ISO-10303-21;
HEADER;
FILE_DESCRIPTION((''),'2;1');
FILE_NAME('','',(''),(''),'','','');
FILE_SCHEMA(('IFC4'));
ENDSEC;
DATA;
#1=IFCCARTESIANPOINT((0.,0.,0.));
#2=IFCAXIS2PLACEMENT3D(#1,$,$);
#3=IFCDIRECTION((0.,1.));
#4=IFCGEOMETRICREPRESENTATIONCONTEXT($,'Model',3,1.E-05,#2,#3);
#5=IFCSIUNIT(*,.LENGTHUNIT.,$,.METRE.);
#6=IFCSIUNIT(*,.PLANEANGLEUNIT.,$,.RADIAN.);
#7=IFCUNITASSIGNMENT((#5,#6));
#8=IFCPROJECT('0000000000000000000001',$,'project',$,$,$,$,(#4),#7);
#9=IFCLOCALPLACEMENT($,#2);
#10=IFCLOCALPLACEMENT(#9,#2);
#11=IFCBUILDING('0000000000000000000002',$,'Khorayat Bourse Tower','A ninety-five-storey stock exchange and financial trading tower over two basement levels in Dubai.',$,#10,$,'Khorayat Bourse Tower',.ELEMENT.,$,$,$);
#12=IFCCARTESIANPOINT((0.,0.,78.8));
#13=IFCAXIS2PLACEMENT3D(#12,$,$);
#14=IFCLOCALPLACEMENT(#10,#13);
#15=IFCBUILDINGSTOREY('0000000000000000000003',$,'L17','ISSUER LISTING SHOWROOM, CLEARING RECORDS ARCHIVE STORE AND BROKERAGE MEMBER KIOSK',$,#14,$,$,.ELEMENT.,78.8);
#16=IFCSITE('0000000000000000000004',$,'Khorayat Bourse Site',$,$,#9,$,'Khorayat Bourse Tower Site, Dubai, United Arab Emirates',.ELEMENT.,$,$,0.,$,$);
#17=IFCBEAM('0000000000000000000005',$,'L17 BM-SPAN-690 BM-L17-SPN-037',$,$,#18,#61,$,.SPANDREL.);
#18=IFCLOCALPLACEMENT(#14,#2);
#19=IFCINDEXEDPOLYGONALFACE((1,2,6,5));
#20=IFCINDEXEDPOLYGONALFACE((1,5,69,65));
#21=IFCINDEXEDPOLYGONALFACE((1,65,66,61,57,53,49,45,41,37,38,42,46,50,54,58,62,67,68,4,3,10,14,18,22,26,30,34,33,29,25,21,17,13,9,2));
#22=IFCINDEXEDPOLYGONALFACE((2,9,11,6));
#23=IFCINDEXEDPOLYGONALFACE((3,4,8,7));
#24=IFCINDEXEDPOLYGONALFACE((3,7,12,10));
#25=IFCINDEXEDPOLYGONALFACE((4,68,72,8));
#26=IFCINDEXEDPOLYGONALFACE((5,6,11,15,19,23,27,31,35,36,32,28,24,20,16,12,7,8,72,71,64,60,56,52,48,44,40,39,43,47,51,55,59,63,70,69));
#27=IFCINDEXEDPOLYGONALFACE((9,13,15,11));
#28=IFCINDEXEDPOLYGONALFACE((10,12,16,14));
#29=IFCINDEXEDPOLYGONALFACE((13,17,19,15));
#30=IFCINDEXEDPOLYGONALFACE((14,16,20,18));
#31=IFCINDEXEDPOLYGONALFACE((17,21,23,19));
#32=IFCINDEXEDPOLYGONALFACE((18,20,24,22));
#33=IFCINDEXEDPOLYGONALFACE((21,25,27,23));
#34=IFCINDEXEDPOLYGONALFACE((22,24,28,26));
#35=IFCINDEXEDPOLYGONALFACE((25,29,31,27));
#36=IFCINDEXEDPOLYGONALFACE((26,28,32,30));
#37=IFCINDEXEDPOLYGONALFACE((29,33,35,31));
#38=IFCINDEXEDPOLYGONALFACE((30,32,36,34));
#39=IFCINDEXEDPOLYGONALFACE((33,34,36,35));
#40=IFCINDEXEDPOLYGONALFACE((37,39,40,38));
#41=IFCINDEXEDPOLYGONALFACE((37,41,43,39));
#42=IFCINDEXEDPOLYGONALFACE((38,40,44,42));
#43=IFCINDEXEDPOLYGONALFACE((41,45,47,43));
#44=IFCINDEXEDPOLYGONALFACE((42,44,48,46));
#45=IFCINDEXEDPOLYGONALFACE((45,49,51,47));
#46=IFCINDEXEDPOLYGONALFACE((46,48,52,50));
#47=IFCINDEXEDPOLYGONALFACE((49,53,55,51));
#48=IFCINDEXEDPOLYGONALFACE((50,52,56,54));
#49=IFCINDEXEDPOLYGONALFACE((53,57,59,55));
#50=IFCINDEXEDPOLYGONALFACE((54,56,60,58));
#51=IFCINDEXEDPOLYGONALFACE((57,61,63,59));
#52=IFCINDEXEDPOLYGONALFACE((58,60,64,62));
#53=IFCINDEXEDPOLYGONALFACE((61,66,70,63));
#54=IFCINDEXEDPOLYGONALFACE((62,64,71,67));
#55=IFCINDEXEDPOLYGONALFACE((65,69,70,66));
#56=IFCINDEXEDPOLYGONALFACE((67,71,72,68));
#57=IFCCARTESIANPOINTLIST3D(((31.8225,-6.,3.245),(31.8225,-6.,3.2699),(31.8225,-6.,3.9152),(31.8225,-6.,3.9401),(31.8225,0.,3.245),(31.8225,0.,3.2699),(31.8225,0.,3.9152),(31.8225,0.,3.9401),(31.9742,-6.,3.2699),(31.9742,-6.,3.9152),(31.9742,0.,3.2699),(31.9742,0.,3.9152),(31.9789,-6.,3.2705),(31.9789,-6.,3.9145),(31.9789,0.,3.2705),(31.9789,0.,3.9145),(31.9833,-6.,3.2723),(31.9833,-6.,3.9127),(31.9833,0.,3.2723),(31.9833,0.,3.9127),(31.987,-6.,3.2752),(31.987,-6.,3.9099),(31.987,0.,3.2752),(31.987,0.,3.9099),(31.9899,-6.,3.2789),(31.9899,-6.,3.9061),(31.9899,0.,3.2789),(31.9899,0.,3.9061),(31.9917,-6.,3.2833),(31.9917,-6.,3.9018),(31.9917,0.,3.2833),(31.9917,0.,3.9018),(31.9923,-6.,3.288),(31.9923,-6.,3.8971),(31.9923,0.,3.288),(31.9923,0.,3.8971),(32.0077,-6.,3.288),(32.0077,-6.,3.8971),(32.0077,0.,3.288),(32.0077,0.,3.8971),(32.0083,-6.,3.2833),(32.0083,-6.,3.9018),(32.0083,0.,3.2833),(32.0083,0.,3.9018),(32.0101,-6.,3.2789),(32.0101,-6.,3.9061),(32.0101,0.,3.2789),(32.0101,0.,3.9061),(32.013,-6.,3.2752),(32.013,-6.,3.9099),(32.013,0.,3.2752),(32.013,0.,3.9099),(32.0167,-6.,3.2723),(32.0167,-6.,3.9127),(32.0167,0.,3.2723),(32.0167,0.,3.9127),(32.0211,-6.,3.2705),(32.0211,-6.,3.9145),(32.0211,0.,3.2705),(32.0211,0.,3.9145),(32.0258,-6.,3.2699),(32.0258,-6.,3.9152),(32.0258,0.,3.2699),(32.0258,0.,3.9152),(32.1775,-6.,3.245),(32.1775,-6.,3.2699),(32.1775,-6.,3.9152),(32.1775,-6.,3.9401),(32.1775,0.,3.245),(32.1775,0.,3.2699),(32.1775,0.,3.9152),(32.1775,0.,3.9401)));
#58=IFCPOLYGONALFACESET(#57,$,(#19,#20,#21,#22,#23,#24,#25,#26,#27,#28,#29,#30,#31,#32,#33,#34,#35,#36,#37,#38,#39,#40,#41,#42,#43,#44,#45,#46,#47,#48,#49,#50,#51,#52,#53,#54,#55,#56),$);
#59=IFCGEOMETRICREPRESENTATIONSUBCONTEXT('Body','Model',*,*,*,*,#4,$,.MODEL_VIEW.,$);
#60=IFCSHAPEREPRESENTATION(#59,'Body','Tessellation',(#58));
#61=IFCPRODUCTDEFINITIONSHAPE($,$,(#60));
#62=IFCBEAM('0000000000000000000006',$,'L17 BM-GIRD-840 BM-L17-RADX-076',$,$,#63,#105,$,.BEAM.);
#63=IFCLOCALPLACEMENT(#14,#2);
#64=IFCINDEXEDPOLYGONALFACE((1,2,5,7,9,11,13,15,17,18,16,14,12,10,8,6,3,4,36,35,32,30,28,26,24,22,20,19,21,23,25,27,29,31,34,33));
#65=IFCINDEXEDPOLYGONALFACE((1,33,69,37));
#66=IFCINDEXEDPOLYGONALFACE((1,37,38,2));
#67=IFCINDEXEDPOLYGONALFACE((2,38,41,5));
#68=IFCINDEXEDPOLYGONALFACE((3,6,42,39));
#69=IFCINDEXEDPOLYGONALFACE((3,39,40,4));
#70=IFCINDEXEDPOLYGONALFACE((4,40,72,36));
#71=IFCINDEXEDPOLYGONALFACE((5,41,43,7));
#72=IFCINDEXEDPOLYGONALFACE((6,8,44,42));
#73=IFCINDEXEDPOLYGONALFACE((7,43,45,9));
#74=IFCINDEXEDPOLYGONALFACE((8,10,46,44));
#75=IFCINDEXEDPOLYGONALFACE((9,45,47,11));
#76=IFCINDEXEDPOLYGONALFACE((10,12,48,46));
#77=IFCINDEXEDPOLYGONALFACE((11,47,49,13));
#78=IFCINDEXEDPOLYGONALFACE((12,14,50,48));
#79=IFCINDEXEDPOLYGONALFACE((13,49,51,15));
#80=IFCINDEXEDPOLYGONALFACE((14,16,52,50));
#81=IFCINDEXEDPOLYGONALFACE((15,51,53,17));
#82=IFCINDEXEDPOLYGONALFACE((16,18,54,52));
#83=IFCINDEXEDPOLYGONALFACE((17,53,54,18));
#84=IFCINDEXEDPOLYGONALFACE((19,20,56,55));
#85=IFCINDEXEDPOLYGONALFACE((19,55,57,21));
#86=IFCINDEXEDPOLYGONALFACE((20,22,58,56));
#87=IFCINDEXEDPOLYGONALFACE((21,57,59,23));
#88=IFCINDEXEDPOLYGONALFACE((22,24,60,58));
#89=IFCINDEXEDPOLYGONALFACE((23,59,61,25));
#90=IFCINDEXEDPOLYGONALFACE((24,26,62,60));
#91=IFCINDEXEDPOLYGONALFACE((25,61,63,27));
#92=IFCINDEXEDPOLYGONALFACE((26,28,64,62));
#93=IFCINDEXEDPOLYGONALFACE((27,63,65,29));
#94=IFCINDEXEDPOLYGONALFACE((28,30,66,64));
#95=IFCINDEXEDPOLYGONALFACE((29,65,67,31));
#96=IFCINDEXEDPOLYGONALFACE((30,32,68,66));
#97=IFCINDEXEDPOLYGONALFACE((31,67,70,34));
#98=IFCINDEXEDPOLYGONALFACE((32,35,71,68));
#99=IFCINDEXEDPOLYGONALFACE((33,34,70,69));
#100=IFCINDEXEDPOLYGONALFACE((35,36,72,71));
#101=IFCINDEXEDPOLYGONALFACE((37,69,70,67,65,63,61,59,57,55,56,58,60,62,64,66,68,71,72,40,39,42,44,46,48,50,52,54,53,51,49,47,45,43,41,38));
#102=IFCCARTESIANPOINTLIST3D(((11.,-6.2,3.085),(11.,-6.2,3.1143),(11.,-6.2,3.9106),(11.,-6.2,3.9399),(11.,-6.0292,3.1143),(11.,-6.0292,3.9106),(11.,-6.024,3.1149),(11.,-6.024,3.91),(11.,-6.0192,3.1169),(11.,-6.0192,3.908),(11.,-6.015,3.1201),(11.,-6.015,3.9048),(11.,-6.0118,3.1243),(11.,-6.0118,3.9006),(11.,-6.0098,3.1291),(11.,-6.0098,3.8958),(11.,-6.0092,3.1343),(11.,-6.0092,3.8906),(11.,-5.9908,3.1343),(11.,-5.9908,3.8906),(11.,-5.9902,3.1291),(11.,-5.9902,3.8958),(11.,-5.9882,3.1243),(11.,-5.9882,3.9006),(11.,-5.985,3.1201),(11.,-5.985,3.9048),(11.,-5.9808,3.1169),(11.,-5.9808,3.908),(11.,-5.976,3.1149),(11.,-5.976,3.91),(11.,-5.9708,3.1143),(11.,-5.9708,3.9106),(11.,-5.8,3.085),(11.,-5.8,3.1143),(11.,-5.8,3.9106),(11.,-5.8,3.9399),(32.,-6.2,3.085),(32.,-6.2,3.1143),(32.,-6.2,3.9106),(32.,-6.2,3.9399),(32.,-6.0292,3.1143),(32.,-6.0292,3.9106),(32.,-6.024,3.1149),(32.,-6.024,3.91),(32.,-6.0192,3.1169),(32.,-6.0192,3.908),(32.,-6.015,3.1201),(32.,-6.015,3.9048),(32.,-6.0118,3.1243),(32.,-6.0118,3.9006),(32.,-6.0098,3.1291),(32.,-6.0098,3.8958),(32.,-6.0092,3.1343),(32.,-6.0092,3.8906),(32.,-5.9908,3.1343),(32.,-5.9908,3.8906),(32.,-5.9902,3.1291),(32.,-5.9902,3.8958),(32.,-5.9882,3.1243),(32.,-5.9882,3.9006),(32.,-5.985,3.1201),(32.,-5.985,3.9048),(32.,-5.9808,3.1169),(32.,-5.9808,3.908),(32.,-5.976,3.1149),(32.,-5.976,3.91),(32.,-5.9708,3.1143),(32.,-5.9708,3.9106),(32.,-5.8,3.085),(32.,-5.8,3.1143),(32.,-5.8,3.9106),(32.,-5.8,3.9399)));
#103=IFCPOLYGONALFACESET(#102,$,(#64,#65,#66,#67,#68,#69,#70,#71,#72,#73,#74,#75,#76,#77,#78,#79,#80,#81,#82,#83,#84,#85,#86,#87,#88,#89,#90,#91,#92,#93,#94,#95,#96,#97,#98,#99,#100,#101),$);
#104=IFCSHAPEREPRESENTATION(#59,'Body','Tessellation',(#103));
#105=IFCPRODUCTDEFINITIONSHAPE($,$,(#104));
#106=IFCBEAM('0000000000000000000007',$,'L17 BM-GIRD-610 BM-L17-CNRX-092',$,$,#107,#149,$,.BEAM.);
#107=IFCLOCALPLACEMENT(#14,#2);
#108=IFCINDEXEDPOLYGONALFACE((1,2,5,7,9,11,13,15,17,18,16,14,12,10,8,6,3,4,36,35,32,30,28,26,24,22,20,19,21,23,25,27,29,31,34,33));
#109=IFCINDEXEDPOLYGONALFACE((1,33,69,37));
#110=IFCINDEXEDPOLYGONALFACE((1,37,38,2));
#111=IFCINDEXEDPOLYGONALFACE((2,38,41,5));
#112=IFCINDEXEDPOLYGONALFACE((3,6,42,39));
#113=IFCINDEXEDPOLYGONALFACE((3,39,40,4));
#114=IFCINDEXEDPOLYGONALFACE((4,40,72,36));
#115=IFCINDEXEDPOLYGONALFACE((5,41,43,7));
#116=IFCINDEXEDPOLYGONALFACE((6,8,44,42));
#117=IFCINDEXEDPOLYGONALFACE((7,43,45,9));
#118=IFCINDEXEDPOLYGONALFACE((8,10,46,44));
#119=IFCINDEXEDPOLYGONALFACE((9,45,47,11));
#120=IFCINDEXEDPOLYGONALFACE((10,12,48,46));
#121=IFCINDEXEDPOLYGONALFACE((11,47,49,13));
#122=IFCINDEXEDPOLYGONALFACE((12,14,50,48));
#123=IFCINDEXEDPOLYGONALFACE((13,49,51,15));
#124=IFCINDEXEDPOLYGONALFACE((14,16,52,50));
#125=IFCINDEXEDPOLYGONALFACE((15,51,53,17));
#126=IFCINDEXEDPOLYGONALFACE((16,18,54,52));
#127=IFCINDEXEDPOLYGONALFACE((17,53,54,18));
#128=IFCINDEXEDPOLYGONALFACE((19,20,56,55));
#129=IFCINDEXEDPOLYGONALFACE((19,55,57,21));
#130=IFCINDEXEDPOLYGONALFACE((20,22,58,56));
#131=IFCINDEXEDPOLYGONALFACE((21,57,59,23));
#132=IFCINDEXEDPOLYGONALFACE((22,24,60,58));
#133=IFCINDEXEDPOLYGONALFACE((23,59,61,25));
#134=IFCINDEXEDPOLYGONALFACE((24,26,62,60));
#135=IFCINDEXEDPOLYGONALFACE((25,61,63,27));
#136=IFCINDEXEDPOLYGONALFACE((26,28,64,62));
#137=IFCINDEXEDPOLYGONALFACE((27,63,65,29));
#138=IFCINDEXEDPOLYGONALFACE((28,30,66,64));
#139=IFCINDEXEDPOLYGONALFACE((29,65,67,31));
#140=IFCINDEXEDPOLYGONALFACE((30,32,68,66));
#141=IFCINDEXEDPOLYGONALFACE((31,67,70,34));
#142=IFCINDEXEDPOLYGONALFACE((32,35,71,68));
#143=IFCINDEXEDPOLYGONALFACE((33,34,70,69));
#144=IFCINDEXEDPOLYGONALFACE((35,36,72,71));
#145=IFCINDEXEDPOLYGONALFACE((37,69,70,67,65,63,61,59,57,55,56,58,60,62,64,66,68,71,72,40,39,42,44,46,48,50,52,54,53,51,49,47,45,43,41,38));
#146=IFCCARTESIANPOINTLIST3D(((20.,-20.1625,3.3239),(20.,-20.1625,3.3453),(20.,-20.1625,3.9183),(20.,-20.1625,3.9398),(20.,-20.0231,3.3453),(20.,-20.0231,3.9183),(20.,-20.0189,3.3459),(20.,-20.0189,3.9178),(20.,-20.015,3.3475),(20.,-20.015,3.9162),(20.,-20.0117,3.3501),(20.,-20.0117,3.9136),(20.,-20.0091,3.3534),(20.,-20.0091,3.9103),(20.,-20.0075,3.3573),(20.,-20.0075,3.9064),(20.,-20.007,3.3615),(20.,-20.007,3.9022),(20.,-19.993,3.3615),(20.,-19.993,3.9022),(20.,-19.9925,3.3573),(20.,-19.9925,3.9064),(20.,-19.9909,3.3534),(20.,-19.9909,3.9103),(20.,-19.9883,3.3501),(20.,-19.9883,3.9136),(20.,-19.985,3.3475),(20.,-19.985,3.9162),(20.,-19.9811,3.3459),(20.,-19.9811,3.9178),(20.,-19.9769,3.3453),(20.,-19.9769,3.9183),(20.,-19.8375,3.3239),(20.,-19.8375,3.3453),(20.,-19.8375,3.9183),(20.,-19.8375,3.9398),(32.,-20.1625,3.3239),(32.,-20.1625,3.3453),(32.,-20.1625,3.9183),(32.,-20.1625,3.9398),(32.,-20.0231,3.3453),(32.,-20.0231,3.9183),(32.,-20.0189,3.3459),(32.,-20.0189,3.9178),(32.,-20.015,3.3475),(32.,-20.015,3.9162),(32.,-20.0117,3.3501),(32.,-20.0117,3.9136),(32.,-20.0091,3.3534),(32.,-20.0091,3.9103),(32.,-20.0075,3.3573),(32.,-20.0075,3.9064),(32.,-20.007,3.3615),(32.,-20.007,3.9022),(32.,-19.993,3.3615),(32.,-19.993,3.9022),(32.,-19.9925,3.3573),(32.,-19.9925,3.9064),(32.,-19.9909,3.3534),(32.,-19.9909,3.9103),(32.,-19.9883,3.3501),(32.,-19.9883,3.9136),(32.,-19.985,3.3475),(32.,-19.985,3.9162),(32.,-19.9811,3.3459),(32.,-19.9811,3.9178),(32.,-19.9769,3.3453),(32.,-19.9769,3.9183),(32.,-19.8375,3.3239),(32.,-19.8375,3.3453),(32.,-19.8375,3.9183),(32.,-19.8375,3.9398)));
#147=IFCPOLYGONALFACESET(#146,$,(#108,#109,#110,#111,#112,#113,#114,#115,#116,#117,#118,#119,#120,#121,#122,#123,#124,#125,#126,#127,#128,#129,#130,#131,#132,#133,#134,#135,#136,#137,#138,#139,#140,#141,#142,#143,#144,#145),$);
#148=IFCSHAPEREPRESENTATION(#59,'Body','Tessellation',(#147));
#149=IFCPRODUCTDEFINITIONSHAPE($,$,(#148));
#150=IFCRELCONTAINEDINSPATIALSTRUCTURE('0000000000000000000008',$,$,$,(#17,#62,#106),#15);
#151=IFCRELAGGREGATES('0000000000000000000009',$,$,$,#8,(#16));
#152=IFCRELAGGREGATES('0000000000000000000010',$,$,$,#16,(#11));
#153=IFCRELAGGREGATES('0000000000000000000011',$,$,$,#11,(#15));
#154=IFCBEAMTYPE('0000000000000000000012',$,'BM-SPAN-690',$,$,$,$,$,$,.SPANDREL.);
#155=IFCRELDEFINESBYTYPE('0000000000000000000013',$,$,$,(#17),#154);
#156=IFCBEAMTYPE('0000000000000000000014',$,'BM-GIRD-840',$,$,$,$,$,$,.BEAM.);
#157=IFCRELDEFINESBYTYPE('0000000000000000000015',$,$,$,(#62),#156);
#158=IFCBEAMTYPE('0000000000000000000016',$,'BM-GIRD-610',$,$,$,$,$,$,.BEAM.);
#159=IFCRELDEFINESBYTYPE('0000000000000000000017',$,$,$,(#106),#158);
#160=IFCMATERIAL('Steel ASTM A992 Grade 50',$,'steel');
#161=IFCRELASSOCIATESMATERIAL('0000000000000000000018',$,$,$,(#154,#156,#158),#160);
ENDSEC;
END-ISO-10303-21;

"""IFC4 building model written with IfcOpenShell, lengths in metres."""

from ifc_helpers import new_model, si_unit, direction, frame, origin, origin_2d, place, context, subcontext, project, spatial, i_section, extrude, source, transform, mapped, material, material_profile, profile_set, type_object, element, save


model = new_model("IFC4")

# Units and contexts
model_context = context("Model", 3, precision=1e-05, world=origin(), true_north=direction((0.0, 1.0)))
body_context = subcontext(model_context, "Body", "Model", "MODEL_VIEW")
ifc_project = project(units=[si_unit("LENGTHUNIT", "METRE"), si_unit("PLANEANGLEUNIT", "RADIAN")], contexts=[model_context])

# Site, building, storey
site_placement = place(None, origin())
site = spatial("IfcSite", under=ifc_project, at=site_placement, Name="Khorayat Bourse Site", LongName="Khorayat Bourse Tower Site, Dubai, United Arab Emirates", CompositionType="ELEMENT", RefElevation=0.0)
building_placement = place(site_placement, origin())
building = spatial("IfcBuilding", under=site, at=building_placement, Name="Khorayat Bourse Tower", Description="A ninety-five-storey stock exchange and financial trading tower over two basement levels in Dubai.", LongName="Khorayat Bourse Tower", CompositionType="ELEMENT")
storey_placement = place(building_placement, frame((0.0, 0.0, 78.8)))
storey = spatial("IfcBuildingStorey", under=building, at=storey_placement, Name="L17", Description="ISSUER LISTING SHOWROOM, CLEARING RECORDS ARCHIVE STORE AND BROKERAGE MEMBER KIOSK", CompositionType="ELEMENT", Elevation=78.8)

# Beams
ifc_material_1 = material(Name="Steel ASTM A992 Grade 50", Category="steel")
ifc_material_profile_1 = material_profile(ifc_material_1, i_section(OverallWidth=0.355, OverallDepth=0.6951, WebThickness=0.0154, FlangeThickness=0.0249, FilletRadius=0.0181, at=origin_2d()), Name="W690X217")
ifc_profile_set_1 = profile_set([ifc_material_profile_1], Name="Steel ASTM A992 Grade 50")
beam_type_1 = type_object("IfcBeamType", Name="BM-SPAN-690", PredefinedType="SPANDREL", material=ifc_profile_set_1)
shared_shape_1 = source(origin(), body_context, "Body", "SweptSolid", [
    extrude(i_section(OverallWidth=0.355, OverallDepth=0.6951, WebThickness=0.0154, FlangeThickness=0.0249, FilletRadius=0.0181, at=origin_2d()), origin(), (0.0, 0.0, 1.0), 6.0),
])
beam_1_placement = place(storey_placement, frame((32.0, -6.0, 3.5925), z_axis=(0.0, 1.0, 0.0), x_axis=(-1.0, 0.0, 0.0)))
element("IfcBeam", 1, at=beam_1_placement, inside=storey, type_object=beam_type_1, Name="L17 BM-SPAN-690 BM-L17-SPN-037", PredefinedType="SPANDREL", context=body_context, shape_type="MappedRepresentation", body=[
    mapped(shared_shape_1, transform((0.0, 0.0, 0.0), scale=1.0)),
])
ifc_material_profile_2 = material_profile(ifc_material_1, i_section(OverallWidth=0.3999, OverallDepth=0.855, WebThickness=0.0183, FlangeThickness=0.0293, FilletRadius=0.02, at=origin_2d()), Name="W840X299")
ifc_profile_set_2 = profile_set([ifc_material_profile_2], Name="Steel ASTM A992 Grade 50")
beam_type_2 = type_object("IfcBeamType", Name="BM-GIRD-840", PredefinedType="BEAM", material=ifc_profile_set_2)
shared_shape_2 = source(origin(), body_context, "Body", "SweptSolid", [
    extrude(i_section(OverallWidth=0.3999, OverallDepth=0.855, WebThickness=0.0183, FlangeThickness=0.0293, FilletRadius=0.02, at=origin_2d()), origin(), (0.0, 0.0, 1.0), 21.0),
])
beam_2_placement = place(storey_placement, frame((11.0, -6.0, 3.5125), z_axis=(1.0, 0.0, 0.0), x_axis=(0.0, 1.0, 0.0)))
element("IfcBeam", 2, at=beam_2_placement, inside=storey, type_object=beam_type_2, Name="L17 BM-GIRD-840 BM-L17-RADX-076", PredefinedType="BEAM", context=body_context, shape_type="MappedRepresentation", body=[
    mapped(shared_shape_2, transform((0.0, 0.0, 0.0), scale=1.0)),
])
ifc_material_profile_3 = material_profile(ifc_material_1, i_section(OverallWidth=0.325, OverallDepth=0.616, WebThickness=0.0139, FlangeThickness=0.0215, FilletRadius=0.0161, at=origin_2d()), Name="W610X174")
ifc_profile_set_3 = profile_set([ifc_material_profile_3], Name="Steel ASTM A992 Grade 50")
beam_type_3 = type_object("IfcBeamType", Name="BM-GIRD-610", PredefinedType="BEAM", material=ifc_profile_set_3)
shared_shape_3 = source(origin(), body_context, "Body", "SweptSolid", [
    extrude(i_section(OverallWidth=0.325, OverallDepth=0.616, WebThickness=0.0139, FlangeThickness=0.0215, FilletRadius=0.0161, at=origin_2d()), origin(), (0.0, 0.0, 1.0), 12.0),
])
beam_3_placement = place(storey_placement, frame((20.0, -20.0, 3.6318), z_axis=(1.0, 0.0, 0.0), x_axis=(0.0, 1.0, 0.0)))
element("IfcBeam", 3, at=beam_3_placement, inside=storey, type_object=beam_type_3, Name="L17 BM-GIRD-610 BM-L17-CNRX-092", PredefinedType="BEAM", context=body_context, shape_type="MappedRepresentation", body=[
    mapped(shared_shape_3, transform((0.0, 0.0, 0.0), scale=1.0)),
])

save(model, "model.ifc")
